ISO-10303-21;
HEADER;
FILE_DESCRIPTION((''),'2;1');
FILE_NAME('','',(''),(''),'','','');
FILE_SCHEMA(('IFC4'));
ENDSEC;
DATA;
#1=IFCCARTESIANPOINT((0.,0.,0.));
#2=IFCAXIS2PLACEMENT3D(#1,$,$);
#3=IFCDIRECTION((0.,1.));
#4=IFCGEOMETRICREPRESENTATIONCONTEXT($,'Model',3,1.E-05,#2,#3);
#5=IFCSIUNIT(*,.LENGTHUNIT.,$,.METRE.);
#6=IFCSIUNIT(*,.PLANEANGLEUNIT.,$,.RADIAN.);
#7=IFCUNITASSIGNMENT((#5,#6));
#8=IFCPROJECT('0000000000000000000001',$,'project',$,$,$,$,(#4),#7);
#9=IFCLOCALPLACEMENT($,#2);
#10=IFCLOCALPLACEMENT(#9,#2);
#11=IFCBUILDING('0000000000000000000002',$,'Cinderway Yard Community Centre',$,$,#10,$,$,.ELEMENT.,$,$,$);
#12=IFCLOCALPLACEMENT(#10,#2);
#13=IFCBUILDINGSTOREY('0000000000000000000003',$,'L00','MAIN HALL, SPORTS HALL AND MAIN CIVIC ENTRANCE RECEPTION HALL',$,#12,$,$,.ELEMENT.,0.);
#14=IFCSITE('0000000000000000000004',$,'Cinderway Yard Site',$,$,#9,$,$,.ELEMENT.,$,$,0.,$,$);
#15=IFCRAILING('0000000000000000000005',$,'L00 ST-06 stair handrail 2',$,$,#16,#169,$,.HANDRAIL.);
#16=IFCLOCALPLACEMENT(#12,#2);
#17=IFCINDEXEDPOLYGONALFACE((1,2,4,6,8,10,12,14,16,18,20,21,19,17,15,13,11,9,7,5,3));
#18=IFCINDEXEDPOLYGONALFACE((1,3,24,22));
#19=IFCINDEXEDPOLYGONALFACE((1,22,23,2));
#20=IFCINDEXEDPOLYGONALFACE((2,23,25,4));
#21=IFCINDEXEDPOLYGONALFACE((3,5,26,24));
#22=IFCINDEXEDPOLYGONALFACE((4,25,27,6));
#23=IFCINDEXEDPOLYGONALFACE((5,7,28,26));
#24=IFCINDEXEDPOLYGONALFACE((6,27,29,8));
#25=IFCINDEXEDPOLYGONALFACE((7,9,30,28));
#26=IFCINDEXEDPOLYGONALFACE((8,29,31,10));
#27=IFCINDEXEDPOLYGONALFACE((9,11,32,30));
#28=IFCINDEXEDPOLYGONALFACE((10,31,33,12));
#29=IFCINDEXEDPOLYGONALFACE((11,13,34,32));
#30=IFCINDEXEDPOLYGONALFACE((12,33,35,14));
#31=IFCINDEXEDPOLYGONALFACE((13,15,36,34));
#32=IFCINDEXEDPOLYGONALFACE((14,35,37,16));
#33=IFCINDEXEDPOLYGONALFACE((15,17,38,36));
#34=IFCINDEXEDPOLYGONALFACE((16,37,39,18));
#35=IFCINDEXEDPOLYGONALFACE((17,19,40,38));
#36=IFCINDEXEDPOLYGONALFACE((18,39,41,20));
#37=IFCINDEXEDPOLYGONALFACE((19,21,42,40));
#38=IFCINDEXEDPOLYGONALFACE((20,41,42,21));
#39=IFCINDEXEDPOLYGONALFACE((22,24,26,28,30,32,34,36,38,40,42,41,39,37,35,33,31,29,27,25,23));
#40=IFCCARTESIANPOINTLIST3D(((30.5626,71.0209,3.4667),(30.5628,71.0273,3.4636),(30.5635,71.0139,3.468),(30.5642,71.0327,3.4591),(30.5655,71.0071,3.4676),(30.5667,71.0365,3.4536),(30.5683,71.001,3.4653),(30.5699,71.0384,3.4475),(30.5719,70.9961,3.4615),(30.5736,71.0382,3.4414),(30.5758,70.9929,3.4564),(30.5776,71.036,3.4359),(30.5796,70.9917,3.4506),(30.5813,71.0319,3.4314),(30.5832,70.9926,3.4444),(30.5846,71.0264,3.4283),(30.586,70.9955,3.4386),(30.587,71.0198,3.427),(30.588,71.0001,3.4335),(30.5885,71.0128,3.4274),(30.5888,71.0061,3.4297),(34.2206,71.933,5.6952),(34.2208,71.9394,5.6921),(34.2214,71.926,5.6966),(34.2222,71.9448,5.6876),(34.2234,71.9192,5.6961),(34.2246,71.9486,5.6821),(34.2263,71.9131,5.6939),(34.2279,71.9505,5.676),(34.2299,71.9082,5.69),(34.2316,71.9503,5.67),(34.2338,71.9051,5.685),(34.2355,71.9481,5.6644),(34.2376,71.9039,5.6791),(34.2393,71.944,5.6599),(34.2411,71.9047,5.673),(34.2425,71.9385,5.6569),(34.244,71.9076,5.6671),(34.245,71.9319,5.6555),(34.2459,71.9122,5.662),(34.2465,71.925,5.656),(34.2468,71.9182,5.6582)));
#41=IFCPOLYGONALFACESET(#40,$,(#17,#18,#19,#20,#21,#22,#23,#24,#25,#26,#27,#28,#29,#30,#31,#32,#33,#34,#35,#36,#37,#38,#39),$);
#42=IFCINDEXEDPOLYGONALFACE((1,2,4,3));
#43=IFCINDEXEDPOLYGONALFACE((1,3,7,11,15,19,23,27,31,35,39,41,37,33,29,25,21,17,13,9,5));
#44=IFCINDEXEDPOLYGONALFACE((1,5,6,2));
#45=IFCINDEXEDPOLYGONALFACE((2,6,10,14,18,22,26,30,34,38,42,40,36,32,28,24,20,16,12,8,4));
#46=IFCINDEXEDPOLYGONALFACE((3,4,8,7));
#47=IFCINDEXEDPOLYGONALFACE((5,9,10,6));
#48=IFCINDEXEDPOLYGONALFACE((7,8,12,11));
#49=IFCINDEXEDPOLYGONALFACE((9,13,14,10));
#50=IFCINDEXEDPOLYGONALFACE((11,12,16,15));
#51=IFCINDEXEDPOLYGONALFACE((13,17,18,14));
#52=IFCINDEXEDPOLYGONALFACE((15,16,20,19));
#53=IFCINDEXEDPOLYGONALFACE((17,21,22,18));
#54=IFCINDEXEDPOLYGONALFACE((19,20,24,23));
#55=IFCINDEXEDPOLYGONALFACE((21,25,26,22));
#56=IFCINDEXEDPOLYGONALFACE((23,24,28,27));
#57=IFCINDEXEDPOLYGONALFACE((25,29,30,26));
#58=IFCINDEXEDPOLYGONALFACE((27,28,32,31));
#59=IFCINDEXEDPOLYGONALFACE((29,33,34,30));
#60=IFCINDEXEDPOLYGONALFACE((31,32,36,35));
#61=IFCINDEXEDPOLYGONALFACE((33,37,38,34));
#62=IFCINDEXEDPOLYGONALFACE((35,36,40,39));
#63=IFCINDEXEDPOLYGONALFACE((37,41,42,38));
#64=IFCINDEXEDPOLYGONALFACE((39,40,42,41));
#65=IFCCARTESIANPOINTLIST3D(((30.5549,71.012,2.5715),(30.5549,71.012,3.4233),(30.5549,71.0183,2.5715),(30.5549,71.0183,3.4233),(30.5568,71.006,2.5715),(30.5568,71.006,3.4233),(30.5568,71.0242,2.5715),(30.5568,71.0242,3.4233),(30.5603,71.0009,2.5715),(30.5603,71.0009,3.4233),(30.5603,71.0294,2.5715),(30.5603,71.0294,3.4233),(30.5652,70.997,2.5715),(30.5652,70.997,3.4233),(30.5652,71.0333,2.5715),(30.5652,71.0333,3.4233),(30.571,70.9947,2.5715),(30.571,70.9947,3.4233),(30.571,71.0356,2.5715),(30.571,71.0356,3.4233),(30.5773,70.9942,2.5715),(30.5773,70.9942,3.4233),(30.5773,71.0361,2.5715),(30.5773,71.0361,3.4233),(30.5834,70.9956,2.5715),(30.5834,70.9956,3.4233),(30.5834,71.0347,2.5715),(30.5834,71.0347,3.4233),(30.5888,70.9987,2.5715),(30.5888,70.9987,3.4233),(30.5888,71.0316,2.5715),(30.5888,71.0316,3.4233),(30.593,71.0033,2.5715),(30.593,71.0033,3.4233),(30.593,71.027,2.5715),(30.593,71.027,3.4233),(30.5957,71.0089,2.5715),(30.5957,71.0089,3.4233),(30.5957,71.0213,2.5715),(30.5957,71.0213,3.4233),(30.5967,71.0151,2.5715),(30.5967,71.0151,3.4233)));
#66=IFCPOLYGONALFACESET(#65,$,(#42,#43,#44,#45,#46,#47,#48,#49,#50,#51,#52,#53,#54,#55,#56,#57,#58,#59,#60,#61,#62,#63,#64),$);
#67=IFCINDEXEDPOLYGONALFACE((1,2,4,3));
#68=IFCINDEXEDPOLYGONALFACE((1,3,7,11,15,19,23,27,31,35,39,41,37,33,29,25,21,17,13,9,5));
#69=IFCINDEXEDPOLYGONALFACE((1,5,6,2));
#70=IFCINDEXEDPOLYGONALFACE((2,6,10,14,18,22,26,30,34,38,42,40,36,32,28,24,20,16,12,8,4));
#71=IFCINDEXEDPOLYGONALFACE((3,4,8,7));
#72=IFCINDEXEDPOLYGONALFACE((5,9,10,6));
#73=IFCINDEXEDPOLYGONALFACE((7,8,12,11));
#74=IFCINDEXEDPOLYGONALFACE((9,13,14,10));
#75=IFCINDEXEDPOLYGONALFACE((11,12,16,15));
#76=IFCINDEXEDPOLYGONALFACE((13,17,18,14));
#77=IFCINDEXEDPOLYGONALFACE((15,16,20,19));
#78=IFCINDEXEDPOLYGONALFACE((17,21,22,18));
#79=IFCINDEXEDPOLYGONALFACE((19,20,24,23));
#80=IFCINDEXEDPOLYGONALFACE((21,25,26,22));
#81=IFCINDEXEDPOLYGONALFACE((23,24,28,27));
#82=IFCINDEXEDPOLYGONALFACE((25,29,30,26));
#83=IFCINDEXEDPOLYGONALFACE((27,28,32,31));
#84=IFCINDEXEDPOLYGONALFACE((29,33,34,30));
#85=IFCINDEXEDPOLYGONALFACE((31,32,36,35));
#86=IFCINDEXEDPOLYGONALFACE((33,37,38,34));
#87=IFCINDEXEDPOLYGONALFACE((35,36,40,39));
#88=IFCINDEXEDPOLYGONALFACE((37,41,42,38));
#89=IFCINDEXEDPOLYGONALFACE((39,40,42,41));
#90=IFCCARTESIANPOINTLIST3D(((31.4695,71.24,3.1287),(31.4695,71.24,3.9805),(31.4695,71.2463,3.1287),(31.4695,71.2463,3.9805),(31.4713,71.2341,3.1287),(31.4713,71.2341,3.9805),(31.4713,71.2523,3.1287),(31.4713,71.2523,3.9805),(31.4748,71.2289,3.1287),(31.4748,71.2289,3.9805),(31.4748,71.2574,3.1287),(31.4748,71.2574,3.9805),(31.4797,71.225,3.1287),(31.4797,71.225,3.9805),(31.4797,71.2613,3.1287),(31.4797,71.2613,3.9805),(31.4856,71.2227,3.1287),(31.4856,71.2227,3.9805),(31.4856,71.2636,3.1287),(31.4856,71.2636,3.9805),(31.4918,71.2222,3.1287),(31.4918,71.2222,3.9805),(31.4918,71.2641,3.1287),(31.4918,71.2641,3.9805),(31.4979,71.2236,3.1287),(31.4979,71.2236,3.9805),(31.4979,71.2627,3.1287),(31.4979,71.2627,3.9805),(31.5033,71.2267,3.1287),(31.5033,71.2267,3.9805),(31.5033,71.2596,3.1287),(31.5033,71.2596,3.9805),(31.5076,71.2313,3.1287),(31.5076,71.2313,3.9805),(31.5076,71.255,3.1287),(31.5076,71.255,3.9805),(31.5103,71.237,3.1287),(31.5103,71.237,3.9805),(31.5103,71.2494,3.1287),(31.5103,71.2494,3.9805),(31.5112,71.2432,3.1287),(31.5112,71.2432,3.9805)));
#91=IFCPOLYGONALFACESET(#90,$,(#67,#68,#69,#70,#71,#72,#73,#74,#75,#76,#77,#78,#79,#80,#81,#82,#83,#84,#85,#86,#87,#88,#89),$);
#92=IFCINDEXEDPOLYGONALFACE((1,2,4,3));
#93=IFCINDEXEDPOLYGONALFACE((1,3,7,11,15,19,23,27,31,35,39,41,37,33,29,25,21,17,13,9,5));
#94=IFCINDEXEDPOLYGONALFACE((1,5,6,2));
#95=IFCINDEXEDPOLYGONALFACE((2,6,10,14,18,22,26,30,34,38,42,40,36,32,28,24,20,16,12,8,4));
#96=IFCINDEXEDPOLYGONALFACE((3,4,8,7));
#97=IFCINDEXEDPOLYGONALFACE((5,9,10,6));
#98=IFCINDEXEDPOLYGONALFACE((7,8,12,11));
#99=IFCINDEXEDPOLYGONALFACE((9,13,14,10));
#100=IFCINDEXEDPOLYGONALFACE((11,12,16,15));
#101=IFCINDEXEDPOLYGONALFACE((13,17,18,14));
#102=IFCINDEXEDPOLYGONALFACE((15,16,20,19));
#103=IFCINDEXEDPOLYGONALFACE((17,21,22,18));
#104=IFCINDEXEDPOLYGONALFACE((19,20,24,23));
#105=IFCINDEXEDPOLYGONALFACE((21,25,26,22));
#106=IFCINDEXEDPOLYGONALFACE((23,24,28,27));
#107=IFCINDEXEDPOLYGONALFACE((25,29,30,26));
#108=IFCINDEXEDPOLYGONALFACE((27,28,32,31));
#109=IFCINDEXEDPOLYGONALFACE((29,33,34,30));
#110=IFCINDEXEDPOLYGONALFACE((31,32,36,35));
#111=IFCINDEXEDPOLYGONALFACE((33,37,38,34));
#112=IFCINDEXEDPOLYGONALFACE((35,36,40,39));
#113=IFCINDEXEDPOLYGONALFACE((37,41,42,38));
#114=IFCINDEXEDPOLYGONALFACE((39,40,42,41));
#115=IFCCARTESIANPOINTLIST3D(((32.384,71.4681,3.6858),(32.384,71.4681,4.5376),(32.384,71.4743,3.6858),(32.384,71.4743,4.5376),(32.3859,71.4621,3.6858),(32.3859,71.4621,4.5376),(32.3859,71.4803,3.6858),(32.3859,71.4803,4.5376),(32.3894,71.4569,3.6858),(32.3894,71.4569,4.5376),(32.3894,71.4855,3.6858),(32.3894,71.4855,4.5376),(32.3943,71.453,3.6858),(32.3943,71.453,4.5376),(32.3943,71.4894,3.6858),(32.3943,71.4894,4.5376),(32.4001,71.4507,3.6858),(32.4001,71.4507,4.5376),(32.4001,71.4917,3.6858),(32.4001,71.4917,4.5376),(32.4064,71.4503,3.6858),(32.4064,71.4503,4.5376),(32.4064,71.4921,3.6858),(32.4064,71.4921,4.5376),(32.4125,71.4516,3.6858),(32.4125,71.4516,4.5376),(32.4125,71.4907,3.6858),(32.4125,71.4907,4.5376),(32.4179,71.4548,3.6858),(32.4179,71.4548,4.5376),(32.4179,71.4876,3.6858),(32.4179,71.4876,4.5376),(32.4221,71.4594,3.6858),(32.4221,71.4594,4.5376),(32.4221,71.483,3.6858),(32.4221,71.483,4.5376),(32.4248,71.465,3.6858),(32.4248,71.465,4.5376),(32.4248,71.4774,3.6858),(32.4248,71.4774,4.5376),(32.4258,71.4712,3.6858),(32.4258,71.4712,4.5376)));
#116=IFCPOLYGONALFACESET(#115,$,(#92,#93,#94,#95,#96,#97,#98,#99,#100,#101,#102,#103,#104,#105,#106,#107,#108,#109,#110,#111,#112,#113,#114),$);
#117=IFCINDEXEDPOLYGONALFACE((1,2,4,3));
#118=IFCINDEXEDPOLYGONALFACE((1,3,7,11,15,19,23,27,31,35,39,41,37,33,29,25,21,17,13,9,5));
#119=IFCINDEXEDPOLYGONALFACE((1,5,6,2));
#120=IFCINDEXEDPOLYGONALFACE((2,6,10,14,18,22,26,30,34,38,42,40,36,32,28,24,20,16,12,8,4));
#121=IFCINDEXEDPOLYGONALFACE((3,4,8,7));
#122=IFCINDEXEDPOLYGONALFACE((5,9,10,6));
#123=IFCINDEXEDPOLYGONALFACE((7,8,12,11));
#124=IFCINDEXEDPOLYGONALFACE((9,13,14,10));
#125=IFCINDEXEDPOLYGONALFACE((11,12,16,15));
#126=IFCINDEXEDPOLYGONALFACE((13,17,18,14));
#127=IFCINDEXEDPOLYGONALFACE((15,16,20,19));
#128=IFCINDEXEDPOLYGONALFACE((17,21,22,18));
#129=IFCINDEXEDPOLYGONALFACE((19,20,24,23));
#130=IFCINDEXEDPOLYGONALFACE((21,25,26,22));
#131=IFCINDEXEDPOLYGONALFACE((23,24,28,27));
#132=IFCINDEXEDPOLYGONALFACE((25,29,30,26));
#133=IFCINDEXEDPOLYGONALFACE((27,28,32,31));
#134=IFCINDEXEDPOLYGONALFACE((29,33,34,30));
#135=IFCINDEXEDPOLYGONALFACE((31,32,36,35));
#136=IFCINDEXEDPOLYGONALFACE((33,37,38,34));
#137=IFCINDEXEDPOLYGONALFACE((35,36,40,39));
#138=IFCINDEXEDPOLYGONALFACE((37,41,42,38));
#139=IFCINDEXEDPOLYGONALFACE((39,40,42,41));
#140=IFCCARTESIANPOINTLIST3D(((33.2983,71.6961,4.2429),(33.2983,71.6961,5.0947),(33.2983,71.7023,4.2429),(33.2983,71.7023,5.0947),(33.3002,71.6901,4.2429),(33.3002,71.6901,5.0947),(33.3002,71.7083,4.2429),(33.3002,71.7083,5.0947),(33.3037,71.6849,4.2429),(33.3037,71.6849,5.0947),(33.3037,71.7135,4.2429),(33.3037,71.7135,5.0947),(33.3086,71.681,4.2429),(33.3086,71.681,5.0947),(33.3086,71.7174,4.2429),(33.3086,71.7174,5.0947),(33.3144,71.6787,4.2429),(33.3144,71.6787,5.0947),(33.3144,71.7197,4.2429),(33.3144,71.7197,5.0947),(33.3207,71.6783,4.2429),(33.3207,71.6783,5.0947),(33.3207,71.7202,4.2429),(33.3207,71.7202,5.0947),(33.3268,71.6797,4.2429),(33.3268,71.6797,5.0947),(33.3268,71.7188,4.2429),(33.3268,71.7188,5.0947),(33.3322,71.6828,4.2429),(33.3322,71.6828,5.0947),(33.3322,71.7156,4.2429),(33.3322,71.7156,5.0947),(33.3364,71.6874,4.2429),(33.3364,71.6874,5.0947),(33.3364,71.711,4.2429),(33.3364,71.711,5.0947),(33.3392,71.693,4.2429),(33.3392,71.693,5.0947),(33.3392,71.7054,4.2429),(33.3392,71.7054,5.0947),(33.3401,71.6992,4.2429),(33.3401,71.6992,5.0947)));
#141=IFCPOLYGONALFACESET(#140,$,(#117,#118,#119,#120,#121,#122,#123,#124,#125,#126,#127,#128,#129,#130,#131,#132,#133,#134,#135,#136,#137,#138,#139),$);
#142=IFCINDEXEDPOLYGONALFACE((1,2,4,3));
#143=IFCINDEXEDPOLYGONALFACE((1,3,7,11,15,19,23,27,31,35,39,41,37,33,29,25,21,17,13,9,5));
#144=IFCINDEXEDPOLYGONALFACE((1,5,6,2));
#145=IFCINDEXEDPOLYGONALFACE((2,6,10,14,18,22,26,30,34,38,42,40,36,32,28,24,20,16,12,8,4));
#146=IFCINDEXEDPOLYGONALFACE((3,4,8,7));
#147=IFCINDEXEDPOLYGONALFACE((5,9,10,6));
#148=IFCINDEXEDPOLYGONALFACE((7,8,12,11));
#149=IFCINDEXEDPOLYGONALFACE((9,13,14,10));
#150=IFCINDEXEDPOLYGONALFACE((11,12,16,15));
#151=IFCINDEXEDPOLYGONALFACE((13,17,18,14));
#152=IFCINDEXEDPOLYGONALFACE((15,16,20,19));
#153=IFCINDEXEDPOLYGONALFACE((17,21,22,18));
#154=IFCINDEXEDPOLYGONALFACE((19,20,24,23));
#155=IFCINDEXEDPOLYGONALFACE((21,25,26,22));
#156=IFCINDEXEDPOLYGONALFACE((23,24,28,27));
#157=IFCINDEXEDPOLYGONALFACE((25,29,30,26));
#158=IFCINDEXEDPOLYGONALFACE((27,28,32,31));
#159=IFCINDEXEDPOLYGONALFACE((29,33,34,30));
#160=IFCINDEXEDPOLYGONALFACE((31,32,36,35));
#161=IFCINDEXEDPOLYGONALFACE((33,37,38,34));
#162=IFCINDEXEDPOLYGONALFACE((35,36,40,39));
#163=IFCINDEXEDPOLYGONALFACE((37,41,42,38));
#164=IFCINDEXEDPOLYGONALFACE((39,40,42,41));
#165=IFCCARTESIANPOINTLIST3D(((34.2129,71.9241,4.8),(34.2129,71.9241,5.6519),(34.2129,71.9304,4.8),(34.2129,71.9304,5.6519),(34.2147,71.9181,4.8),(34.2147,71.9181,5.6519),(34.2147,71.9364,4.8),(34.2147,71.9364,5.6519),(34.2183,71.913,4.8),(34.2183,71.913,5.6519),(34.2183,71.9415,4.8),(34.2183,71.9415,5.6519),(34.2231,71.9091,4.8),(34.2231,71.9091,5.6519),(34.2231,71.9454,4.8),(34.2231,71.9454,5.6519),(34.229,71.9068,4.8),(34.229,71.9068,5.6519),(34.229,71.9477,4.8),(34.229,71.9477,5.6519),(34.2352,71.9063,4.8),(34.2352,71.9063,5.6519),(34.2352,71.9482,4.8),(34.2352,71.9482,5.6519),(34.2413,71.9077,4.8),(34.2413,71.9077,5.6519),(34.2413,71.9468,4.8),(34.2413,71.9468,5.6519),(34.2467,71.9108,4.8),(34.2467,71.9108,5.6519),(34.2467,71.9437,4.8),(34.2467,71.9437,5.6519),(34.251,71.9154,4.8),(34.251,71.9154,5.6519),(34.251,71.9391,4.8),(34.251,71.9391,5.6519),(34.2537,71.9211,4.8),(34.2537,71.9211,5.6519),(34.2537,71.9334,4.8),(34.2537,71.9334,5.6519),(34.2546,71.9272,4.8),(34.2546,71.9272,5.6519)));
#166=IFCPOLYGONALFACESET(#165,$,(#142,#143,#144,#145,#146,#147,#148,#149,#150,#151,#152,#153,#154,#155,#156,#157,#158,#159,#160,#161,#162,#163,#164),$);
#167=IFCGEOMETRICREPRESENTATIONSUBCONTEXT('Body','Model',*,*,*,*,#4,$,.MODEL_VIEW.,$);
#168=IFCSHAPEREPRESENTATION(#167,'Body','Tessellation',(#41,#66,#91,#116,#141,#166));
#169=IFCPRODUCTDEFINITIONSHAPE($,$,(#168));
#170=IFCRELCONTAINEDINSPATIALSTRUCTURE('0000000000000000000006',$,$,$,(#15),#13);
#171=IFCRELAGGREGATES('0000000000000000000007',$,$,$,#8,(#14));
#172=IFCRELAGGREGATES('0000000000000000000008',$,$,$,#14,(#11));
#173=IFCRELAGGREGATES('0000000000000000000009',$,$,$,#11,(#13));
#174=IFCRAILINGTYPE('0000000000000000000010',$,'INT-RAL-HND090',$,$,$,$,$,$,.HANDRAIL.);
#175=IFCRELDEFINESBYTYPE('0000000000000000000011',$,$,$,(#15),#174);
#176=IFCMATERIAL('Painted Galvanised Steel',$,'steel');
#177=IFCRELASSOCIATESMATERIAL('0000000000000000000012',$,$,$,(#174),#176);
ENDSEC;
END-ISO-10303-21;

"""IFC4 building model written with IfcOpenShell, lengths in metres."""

from ifc_helpers import new_model, si_unit, direction, frame, origin, origin_2d, place, context, subcontext, project, spatial, circle, extrude, material, type_object, element, save


model = new_model("IFC4")

# Units and contexts
model_context = context("Model", 3, precision=1e-05, world=origin(), true_north=direction((0.0, 1.0)))
body_context = subcontext(model_context, "Body", "Model", "MODEL_VIEW")
ifc_project = project(units=[si_unit("LENGTHUNIT", "METRE"), si_unit("PLANEANGLEUNIT", "RADIAN")], contexts=[model_context])

# Site, building, storey
site_placement = place(None, origin())
site = spatial("IfcSite", under=ifc_project, at=site_placement, Name="Cinderway Yard Site", CompositionType="ELEMENT", RefElevation=0.0)
building_placement = place(site_placement, origin())
building = spatial("IfcBuilding", under=site, at=building_placement, Name="Cinderway Yard Community Centre", CompositionType="ELEMENT")
storey_placement = place(building_placement, origin())
storey = spatial("IfcBuildingStorey", under=building, at=storey_placement, Name="L00", Description="MAIN HALL, SPORTS HALL AND MAIN CIVIC ENTRANCE RECEPTION HALL", CompositionType="ELEMENT", Elevation=0.0)

# Shared definitions
ifc_material_1 = material(Name="Painted Galvanised Steel", Category="steel")

# Railing
railing_type_1 = type_object("IfcRailingType", Name="INT-RAL-HND090", PredefinedType="HANDRAIL", material=ifc_material_1)
railing_1_placement = place(storey_placement, frame((30.5757, 71.0151, 2.5715)))
element("IfcRailing", 1, at=railing_1_placement, inside=storey, type_object=railing_type_1, Name="L00 ST-06 stair handrail 2", PredefinedType="HANDRAIL", context=body_context, shape_type="SweptSolid", body=[
    extrude(circle(Radius=0.0239, at=origin_2d()), frame((0.0, 0.0, 0.876), z_axis=(0.83527, 0.208274, 0.508867), x_axis=(-0.241941, 0.970291, 0.0)), (0.0, 0.0, 1.0), 4.3794),
    extrude(circle(Radius=0.021, at=origin_2d()), origin(), (0.0, 0.0, 1.0), 0.8518),
    extrude(circle(Radius=0.021, at=origin_2d()), frame((0.9146, 0.228, 0.5571)), (0.0, 0.0, 1.0), 0.8518),
    extrude(circle(Radius=0.021, at=origin_2d()), frame((1.8291, 0.4561, 1.1143)), (0.0, 0.0, 1.0), 0.8518),
    extrude(circle(Radius=0.021, at=origin_2d()), frame((2.7434, 0.6841, 1.6714)), (0.0, 0.0, 1.0), 0.8518),
    extrude(circle(Radius=0.021, at=origin_2d()), frame((3.658, 0.9121, 2.2285)), (0.0, 0.0, 1.0), 0.8518),
])

save(model, "model.ifc")
